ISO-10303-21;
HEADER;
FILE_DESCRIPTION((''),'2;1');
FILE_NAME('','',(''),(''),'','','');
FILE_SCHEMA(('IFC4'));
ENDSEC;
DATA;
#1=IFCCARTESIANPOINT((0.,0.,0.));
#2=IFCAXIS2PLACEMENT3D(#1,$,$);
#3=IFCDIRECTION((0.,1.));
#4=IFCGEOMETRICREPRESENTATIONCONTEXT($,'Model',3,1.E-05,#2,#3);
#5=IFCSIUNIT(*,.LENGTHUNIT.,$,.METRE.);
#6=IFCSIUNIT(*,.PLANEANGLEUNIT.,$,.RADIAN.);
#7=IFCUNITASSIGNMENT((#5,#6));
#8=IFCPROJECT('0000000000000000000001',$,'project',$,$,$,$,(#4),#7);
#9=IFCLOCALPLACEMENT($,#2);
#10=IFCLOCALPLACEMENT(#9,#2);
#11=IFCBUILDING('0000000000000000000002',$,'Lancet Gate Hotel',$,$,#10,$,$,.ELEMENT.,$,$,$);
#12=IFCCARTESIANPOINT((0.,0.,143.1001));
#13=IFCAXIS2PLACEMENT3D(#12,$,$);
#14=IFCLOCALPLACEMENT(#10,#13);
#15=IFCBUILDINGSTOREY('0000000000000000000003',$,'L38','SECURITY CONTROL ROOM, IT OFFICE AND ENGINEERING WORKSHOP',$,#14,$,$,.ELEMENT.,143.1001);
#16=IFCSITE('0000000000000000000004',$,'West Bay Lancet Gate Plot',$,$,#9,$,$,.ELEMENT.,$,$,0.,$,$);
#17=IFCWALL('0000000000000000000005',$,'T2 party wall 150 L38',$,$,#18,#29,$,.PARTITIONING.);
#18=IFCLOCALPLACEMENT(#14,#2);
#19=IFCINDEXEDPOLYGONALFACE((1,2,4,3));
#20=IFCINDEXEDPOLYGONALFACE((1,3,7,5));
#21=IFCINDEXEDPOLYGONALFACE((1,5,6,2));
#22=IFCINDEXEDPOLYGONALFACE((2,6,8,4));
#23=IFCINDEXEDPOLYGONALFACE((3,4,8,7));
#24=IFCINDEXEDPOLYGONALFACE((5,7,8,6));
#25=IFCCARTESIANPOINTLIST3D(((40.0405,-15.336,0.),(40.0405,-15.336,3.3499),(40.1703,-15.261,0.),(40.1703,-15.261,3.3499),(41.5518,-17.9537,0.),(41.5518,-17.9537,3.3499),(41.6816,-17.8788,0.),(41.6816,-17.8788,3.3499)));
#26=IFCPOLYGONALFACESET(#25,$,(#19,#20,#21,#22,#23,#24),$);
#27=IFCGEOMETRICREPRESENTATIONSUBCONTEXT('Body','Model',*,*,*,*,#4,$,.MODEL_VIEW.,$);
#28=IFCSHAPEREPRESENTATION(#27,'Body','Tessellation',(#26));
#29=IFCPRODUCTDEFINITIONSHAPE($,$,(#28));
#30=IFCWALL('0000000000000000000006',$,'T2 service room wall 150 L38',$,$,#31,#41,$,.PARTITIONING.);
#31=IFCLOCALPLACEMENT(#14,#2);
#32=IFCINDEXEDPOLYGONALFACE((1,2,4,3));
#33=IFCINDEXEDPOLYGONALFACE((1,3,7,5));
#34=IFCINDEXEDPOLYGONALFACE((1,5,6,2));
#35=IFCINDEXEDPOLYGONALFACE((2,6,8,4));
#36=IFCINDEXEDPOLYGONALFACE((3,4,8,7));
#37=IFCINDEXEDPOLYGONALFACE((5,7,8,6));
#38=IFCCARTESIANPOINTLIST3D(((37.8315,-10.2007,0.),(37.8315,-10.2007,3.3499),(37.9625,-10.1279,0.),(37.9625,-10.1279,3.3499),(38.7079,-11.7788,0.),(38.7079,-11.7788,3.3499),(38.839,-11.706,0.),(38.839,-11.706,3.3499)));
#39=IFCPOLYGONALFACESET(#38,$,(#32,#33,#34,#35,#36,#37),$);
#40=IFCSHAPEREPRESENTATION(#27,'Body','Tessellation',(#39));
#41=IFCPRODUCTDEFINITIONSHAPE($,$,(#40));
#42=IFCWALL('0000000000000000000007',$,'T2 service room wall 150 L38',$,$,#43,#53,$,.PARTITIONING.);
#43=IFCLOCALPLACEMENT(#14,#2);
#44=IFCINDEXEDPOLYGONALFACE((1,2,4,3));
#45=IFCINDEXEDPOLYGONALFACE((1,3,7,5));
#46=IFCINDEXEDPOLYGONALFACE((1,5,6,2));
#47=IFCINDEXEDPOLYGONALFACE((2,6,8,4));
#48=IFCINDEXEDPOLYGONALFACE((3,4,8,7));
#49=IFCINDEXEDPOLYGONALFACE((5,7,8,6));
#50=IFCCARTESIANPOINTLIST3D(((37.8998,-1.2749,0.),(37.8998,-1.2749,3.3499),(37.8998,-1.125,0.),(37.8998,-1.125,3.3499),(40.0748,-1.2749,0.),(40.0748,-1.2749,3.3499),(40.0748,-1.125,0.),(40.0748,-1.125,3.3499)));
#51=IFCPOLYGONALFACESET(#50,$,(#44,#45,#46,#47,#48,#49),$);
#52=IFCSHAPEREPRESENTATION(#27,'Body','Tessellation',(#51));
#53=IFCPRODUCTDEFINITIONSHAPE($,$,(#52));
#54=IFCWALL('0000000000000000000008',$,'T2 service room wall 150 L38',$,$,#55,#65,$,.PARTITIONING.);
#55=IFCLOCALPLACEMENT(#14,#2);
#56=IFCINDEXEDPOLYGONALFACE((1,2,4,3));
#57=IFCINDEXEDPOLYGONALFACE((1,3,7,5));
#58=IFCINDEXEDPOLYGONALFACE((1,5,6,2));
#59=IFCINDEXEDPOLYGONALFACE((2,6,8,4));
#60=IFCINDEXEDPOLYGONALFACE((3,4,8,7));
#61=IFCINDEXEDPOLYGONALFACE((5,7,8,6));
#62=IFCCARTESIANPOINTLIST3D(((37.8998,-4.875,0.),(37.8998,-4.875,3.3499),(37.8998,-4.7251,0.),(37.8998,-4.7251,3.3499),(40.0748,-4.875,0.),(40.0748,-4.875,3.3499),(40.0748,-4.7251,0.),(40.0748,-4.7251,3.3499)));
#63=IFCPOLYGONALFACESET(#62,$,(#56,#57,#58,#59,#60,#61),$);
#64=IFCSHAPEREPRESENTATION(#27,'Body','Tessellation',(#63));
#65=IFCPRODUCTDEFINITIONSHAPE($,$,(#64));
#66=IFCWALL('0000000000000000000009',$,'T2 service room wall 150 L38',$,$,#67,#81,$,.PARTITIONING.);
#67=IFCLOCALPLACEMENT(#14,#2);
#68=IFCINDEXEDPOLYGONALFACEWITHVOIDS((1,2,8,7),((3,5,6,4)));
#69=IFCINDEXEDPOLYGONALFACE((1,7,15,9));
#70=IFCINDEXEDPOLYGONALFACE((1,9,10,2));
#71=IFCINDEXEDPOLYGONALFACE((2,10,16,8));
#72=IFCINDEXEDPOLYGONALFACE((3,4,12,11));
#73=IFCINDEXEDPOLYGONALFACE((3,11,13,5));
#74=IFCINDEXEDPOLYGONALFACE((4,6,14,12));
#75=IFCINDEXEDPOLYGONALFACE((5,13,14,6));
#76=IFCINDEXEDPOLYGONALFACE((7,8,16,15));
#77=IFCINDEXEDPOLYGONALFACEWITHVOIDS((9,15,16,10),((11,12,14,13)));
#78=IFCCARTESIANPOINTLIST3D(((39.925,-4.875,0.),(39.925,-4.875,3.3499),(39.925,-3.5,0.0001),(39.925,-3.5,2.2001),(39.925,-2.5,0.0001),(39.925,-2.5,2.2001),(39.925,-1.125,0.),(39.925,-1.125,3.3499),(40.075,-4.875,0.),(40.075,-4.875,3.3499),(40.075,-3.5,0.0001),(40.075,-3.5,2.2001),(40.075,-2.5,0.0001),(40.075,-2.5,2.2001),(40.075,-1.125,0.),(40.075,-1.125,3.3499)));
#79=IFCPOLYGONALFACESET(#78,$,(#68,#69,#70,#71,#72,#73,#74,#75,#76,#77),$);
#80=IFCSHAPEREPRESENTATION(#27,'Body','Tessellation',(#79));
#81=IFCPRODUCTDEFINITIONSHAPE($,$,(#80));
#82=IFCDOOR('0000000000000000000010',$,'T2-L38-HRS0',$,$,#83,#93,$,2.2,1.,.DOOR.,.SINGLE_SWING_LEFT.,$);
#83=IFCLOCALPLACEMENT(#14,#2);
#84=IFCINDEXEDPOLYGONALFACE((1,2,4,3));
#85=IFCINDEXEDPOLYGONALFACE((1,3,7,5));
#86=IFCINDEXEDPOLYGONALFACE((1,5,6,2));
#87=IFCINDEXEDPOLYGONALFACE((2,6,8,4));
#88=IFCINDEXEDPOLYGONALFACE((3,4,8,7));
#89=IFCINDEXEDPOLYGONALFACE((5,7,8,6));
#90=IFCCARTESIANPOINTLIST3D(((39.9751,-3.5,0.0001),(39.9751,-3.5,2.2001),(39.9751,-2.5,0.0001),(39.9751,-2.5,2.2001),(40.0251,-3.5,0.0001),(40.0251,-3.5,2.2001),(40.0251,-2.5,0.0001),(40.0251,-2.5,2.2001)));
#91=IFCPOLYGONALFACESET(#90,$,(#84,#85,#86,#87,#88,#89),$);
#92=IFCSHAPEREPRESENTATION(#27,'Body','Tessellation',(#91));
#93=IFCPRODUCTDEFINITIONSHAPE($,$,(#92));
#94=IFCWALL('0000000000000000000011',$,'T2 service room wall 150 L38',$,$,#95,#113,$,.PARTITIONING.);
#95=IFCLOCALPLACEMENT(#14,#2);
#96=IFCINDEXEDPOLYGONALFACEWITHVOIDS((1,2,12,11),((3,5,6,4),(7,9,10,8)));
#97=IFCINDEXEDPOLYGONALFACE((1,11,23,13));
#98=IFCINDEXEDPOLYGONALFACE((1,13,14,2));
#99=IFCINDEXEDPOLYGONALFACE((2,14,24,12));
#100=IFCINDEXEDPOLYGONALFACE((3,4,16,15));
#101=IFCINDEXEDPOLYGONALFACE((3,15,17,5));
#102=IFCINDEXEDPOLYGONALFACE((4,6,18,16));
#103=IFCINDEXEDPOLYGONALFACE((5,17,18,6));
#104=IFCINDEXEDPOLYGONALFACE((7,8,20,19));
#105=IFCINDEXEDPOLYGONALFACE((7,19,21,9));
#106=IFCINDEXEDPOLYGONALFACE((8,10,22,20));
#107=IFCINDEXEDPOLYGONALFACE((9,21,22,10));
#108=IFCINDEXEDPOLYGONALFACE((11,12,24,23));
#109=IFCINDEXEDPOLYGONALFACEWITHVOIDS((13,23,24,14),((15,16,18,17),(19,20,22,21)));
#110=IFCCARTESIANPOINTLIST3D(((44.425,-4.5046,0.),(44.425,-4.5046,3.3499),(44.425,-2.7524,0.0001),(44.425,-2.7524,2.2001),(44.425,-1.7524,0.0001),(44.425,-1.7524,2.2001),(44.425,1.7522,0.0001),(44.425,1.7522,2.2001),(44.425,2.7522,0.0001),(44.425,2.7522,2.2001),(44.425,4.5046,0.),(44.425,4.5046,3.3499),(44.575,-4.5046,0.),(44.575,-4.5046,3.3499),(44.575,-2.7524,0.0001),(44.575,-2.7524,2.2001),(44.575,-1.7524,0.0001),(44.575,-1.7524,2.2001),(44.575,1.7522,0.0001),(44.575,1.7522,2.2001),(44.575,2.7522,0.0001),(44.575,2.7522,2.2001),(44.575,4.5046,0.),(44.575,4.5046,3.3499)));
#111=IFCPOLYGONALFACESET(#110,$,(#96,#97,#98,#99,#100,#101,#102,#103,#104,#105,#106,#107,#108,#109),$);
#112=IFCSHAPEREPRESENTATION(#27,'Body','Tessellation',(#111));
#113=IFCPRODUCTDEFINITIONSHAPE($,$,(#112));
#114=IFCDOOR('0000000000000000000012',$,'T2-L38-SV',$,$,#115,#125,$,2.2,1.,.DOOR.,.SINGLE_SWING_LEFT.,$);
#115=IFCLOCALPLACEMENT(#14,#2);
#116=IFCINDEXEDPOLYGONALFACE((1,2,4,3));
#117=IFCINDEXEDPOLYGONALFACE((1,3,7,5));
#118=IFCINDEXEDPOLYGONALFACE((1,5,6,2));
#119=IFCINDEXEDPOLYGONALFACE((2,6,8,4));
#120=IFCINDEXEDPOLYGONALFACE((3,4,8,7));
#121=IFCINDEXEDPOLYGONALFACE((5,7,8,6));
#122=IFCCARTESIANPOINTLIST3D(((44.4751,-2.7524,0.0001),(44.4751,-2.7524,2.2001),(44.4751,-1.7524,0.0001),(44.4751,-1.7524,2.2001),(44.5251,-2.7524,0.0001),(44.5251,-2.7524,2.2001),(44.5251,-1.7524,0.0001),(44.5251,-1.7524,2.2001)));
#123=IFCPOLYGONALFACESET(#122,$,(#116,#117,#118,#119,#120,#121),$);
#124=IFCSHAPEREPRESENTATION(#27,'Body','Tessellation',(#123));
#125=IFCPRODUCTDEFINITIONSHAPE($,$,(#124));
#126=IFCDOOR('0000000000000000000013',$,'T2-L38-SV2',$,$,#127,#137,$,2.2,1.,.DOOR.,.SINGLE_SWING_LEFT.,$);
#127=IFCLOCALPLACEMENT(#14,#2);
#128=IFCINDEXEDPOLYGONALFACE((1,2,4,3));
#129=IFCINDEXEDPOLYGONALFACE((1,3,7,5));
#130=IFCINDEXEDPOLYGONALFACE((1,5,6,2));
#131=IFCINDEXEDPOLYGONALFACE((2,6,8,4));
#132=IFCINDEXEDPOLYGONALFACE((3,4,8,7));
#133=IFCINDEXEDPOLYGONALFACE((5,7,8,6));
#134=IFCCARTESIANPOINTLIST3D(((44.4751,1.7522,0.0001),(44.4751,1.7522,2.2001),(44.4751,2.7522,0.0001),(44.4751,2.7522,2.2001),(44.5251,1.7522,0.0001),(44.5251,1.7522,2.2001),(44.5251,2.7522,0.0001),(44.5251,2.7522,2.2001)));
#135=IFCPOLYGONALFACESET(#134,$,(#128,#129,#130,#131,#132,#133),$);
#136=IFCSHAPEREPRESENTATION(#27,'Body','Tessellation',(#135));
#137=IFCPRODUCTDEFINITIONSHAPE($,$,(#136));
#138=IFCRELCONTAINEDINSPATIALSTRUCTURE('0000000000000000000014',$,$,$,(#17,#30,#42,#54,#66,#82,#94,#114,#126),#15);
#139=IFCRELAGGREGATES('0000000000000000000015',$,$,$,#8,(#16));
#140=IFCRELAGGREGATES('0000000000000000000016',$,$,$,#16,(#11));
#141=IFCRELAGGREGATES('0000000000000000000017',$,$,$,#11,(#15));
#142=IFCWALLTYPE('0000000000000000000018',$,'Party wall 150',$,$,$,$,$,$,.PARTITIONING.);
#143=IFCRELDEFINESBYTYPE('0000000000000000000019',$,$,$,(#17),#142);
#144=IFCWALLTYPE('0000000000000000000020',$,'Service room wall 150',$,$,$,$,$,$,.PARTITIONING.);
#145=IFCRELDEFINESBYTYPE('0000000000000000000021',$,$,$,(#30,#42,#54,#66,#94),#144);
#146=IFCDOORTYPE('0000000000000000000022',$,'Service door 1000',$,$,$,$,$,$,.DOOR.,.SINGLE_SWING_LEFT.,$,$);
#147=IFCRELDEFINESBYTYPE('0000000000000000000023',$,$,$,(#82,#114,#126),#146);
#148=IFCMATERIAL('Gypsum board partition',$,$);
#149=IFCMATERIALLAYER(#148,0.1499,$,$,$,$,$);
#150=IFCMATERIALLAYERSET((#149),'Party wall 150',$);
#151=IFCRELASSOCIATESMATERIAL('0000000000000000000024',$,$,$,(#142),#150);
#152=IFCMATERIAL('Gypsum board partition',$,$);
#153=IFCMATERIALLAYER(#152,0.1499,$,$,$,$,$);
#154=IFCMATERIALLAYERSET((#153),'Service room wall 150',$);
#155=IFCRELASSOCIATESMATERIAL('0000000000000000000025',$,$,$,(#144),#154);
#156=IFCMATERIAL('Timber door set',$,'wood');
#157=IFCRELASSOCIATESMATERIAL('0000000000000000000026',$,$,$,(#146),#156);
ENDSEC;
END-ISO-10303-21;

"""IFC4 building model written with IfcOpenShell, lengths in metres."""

from ifc_helpers import new_model, si_unit, direction, frame, frame_2d, origin, place, context, subcontext, project, spatial, rectangle, extrude, material, layer, layer_set, type_object, element, fill, save


model = new_model("IFC4")

# Units and contexts
model_context = context("Model", 3, precision=1e-05, world=origin(), true_north=direction((0.0, 1.0)))
body_context = subcontext(model_context, "Body", "Model", "MODEL_VIEW")
ifc_project = project(units=[si_unit("LENGTHUNIT", "METRE"), si_unit("PLANEANGLEUNIT", "RADIAN")], contexts=[model_context])

# Site, building, storey
site_placement = place(None, origin())
site = spatial("IfcSite", under=ifc_project, at=site_placement, Name="West Bay Lancet Gate Plot", CompositionType="ELEMENT", RefElevation=0.0)
building_placement = place(site_placement, origin())
building = spatial("IfcBuilding", under=site, at=building_placement, Name="Lancet Gate Hotel", CompositionType="ELEMENT")
storey_placement = place(building_placement, frame((0.0, 0.0, 143.1001)))
storey = spatial("IfcBuildingStorey", under=building, at=storey_placement, Name="L38", Description="SECURITY CONTROL ROOM, IT OFFICE AND ENGINEERING WORKSHOP", CompositionType="ELEMENT", Elevation=143.1001)

# Walls
ifc_material_1 = material(Name="Gypsum board partition")
ifc_layer_1 = layer(ifc_material_1, 0.1499)
ifc_layer_set_1 = layer_set([ifc_layer_1], Name="Party wall 150")
wall_type_1 = type_object("IfcWallType", Name="Party wall 150", PredefinedType="PARTITIONING", material=ifc_layer_set_1)
wall_1_placement = place(storey_placement, frame((40.1055, -15.2986, 0.0), z_axis=(0.0, 0.0, 1.0), x_axis=(0.499979, -0.866038, 0.0)))
element("IfcWall", 1, at=wall_1_placement, inside=storey, type_object=wall_type_1, Name="T2 party wall 150 L38", PredefinedType="PARTITIONING", context=body_context, shape_type="SweptSolid", body=[
    extrude(rectangle(XDim=3.0227, YDim=0.1499, at=frame_2d((1.5112, 0.0))), origin(), (0.0, 0.0, 1.0), 3.3499),
])
ifc_material_2 = material(Name="Gypsum board partition")
ifc_layer_2 = layer(ifc_material_2, 0.1499)
ifc_layer_set_2 = layer_set([ifc_layer_2], Name="Service room wall 150")
wall_type_2 = type_object("IfcWallType", Name="Service room wall 150", PredefinedType="PARTITIONING", material=ifc_layer_set_2)
wall_2_placement = place(storey_placement, frame((38.7734, -11.7424, 0.0), z_axis=(0.0, 0.0, 1.0), x_axis=(-0.485528, 0.874221, 0.0)))
element("IfcWall", 2, at=wall_2_placement, inside=storey, type_object=wall_type_2, Name="T2 service room wall 150 L38", PredefinedType="PARTITIONING", context=body_context, shape_type="SweptSolid", body=[
    extrude(rectangle(XDim=1.8052, YDim=0.1499, at=frame_2d((0.9026, 0.0))), origin(), (0.0, 0.0, 1.0), 3.3499),
])
for number, where, z_axis, x_axis, name in (
    (3, (37.8999, -1.2, 0.0), (0.0, 0.0, 1.0), (1.0, 0.0, 0.0), "T2 service room wall 150 L38"),
    (4, (37.8999, -4.8, 0.0), (0.0, 0.0, 1.0), (1.0, 0.0, 0.0), "T2 service room wall 150 L38"),
):
    element("IfcWall", number, at=place(storey_placement, frame(where, z_axis=z_axis, x_axis=x_axis)), inside=storey, type_object=wall_type_2, Name=name, PredefinedType="PARTITIONING", context=body_context, shape_type="SweptSolid", body=[
        extrude(rectangle(XDim=2.175, YDim=0.1499, at=frame_2d((1.0874, 0.0))), origin(), (0.0, 0.0, 1.0), 3.3499),
    ])

# Wall, opening, door
wall_3_placement = place(storey_placement, frame((40.0, -4.875, 0.0), z_axis=(0.0, 0.0, 1.0), x_axis=(0.0, 1.0, 0.0)))
wall_3 = element("IfcWall", 5, at=wall_3_placement, inside=storey, type_object=wall_type_2, Name="T2 service room wall 150 L38", PredefinedType="PARTITIONING", context=body_context, shape_type="SweptSolid", body=[
    extrude(rectangle(XDim=3.75, YDim=0.1499, at=frame_2d((1.875, 0.0))), origin(), (0.0, 0.0, 1.0), 3.3499),
])
opening_1_placement = place(wall_3_placement, frame((1.375, 0.0, 0.0)))
opening_1 = element("IfcOpeningElement", 6, at=opening_1_placement, cuts=wall_3, PredefinedType="OPENING", context=body_context, shape_type="SweptSolid", body=[
    extrude(rectangle(XDim=1.0, YDim=2.2, at=frame_2d((0.5, 1.1001))), frame((0.0, 0.085, 0.0), z_axis=(0.0, -1.0, 0.0), x_axis=(1.0, 0.0, 0.0)), (0.0, 0.0, 1.0), 0.1699),
])
ifc_material_3 = material(Name="Timber door set", Category="wood")
door_type_1 = type_object("IfcDoorType", Name="Service door 1000", OperationType="SINGLE_SWING_LEFT", PredefinedType="DOOR", material=ifc_material_3)
door_1_placement = place(opening_1_placement, origin())
door_1 = element("IfcDoor", 7, at=door_1_placement, inside=storey, type_object=door_type_1, Name="T2-L38-HRS0", OperationType="SINGLE_SWING_LEFT", OverallHeight=2.2, OverallWidth=1.0, PredefinedType="DOOR", context=body_context, shape_type="SweptSolid", body=[
    extrude(rectangle(XDim=1.0, YDim=2.2, at=frame_2d((0.5, 1.1001))), frame((0.0, 0.0249, 0.0), z_axis=(0.0, -1.0, 0.0), x_axis=(1.0, 0.0, 0.0)), (0.0, 0.0, 1.0), 0.05),
])
fill(opening_1, door_1)

# Wall, openings, doors
wall_4_placement = place(storey_placement, frame((44.5, -4.5046, 0.0), z_axis=(0.0, 0.0, 1.0), x_axis=(0.0, 1.0, 0.0)))
wall_4 = element("IfcWall", 8, at=wall_4_placement, inside=storey, type_object=wall_type_2, Name="T2 service room wall 150 L38", PredefinedType="PARTITIONING", context=body_context, shape_type="SweptSolid", body=[
    extrude(rectangle(XDim=9.0093, YDim=0.1499, at=frame_2d((4.5046, 0.0))), origin(), (0.0, 0.0, 1.0), 3.3499),
])
opening_2_placement = place(wall_4_placement, frame((1.7522, 0.0, 0.0)))
opening_2 = element("IfcOpeningElement", 9, at=opening_2_placement, cuts=wall_4, PredefinedType="OPENING", context=body_context, shape_type="SweptSolid", body=[
    extrude(rectangle(XDim=1.0, YDim=2.2, at=frame_2d((0.5, 1.1001))), frame((0.0, 0.085, 0.0), z_axis=(0.0, -1.0, 0.0), x_axis=(1.0, 0.0, 0.0)), (0.0, 0.0, 1.0), 0.1699),
])
opening_3_placement = place(wall_4_placement, frame((6.2568, 0.0, 0.0)))
opening_3 = element("IfcOpeningElement", 10, at=opening_3_placement, cuts=wall_4, PredefinedType="OPENING", context=body_context, shape_type="SweptSolid", body=[
    extrude(rectangle(XDim=1.0, YDim=2.2, at=frame_2d((0.5, 1.1001))), frame((0.0, 0.085, 0.0), z_axis=(0.0, -1.0, 0.0), x_axis=(1.0, 0.0, 0.0)), (0.0, 0.0, 1.0), 0.1699),
])
door_2_placement = place(opening_2_placement, origin())
door_2 = element("IfcDoor", 11, at=door_2_placement, inside=storey, type_object=door_type_1, Name="T2-L38-SV", OperationType="SINGLE_SWING_LEFT", OverallHeight=2.2, OverallWidth=1.0, PredefinedType="DOOR", context=body_context, shape_type="SweptSolid", body=[
    extrude(rectangle(XDim=1.0, YDim=2.2, at=frame_2d((0.5, 1.1001))), frame((0.0, 0.0249, 0.0), z_axis=(0.0, -1.0, 0.0), x_axis=(1.0, 0.0, 0.0)), (0.0, 0.0, 1.0), 0.05),
])
fill(opening_2, door_2)
door_3_placement = place(opening_3_placement, origin())
door_3 = element("IfcDoor", 12, at=door_3_placement, inside=storey, type_object=door_type_1, Name="T2-L38-SV2", OperationType="SINGLE_SWING_LEFT", OverallHeight=2.2, OverallWidth=1.0, PredefinedType="DOOR", context=body_context, shape_type="SweptSolid", body=[
    extrude(rectangle(XDim=1.0, YDim=2.2, at=frame_2d((0.5, 1.1001))), frame((0.0, 0.0249, 0.0), z_axis=(0.0, -1.0, 0.0), x_axis=(1.0, 0.0, 0.0)), (0.0, 0.0, 1.0), 0.05),
])
fill(opening_3, door_3)

save(model, "model.ifc")
